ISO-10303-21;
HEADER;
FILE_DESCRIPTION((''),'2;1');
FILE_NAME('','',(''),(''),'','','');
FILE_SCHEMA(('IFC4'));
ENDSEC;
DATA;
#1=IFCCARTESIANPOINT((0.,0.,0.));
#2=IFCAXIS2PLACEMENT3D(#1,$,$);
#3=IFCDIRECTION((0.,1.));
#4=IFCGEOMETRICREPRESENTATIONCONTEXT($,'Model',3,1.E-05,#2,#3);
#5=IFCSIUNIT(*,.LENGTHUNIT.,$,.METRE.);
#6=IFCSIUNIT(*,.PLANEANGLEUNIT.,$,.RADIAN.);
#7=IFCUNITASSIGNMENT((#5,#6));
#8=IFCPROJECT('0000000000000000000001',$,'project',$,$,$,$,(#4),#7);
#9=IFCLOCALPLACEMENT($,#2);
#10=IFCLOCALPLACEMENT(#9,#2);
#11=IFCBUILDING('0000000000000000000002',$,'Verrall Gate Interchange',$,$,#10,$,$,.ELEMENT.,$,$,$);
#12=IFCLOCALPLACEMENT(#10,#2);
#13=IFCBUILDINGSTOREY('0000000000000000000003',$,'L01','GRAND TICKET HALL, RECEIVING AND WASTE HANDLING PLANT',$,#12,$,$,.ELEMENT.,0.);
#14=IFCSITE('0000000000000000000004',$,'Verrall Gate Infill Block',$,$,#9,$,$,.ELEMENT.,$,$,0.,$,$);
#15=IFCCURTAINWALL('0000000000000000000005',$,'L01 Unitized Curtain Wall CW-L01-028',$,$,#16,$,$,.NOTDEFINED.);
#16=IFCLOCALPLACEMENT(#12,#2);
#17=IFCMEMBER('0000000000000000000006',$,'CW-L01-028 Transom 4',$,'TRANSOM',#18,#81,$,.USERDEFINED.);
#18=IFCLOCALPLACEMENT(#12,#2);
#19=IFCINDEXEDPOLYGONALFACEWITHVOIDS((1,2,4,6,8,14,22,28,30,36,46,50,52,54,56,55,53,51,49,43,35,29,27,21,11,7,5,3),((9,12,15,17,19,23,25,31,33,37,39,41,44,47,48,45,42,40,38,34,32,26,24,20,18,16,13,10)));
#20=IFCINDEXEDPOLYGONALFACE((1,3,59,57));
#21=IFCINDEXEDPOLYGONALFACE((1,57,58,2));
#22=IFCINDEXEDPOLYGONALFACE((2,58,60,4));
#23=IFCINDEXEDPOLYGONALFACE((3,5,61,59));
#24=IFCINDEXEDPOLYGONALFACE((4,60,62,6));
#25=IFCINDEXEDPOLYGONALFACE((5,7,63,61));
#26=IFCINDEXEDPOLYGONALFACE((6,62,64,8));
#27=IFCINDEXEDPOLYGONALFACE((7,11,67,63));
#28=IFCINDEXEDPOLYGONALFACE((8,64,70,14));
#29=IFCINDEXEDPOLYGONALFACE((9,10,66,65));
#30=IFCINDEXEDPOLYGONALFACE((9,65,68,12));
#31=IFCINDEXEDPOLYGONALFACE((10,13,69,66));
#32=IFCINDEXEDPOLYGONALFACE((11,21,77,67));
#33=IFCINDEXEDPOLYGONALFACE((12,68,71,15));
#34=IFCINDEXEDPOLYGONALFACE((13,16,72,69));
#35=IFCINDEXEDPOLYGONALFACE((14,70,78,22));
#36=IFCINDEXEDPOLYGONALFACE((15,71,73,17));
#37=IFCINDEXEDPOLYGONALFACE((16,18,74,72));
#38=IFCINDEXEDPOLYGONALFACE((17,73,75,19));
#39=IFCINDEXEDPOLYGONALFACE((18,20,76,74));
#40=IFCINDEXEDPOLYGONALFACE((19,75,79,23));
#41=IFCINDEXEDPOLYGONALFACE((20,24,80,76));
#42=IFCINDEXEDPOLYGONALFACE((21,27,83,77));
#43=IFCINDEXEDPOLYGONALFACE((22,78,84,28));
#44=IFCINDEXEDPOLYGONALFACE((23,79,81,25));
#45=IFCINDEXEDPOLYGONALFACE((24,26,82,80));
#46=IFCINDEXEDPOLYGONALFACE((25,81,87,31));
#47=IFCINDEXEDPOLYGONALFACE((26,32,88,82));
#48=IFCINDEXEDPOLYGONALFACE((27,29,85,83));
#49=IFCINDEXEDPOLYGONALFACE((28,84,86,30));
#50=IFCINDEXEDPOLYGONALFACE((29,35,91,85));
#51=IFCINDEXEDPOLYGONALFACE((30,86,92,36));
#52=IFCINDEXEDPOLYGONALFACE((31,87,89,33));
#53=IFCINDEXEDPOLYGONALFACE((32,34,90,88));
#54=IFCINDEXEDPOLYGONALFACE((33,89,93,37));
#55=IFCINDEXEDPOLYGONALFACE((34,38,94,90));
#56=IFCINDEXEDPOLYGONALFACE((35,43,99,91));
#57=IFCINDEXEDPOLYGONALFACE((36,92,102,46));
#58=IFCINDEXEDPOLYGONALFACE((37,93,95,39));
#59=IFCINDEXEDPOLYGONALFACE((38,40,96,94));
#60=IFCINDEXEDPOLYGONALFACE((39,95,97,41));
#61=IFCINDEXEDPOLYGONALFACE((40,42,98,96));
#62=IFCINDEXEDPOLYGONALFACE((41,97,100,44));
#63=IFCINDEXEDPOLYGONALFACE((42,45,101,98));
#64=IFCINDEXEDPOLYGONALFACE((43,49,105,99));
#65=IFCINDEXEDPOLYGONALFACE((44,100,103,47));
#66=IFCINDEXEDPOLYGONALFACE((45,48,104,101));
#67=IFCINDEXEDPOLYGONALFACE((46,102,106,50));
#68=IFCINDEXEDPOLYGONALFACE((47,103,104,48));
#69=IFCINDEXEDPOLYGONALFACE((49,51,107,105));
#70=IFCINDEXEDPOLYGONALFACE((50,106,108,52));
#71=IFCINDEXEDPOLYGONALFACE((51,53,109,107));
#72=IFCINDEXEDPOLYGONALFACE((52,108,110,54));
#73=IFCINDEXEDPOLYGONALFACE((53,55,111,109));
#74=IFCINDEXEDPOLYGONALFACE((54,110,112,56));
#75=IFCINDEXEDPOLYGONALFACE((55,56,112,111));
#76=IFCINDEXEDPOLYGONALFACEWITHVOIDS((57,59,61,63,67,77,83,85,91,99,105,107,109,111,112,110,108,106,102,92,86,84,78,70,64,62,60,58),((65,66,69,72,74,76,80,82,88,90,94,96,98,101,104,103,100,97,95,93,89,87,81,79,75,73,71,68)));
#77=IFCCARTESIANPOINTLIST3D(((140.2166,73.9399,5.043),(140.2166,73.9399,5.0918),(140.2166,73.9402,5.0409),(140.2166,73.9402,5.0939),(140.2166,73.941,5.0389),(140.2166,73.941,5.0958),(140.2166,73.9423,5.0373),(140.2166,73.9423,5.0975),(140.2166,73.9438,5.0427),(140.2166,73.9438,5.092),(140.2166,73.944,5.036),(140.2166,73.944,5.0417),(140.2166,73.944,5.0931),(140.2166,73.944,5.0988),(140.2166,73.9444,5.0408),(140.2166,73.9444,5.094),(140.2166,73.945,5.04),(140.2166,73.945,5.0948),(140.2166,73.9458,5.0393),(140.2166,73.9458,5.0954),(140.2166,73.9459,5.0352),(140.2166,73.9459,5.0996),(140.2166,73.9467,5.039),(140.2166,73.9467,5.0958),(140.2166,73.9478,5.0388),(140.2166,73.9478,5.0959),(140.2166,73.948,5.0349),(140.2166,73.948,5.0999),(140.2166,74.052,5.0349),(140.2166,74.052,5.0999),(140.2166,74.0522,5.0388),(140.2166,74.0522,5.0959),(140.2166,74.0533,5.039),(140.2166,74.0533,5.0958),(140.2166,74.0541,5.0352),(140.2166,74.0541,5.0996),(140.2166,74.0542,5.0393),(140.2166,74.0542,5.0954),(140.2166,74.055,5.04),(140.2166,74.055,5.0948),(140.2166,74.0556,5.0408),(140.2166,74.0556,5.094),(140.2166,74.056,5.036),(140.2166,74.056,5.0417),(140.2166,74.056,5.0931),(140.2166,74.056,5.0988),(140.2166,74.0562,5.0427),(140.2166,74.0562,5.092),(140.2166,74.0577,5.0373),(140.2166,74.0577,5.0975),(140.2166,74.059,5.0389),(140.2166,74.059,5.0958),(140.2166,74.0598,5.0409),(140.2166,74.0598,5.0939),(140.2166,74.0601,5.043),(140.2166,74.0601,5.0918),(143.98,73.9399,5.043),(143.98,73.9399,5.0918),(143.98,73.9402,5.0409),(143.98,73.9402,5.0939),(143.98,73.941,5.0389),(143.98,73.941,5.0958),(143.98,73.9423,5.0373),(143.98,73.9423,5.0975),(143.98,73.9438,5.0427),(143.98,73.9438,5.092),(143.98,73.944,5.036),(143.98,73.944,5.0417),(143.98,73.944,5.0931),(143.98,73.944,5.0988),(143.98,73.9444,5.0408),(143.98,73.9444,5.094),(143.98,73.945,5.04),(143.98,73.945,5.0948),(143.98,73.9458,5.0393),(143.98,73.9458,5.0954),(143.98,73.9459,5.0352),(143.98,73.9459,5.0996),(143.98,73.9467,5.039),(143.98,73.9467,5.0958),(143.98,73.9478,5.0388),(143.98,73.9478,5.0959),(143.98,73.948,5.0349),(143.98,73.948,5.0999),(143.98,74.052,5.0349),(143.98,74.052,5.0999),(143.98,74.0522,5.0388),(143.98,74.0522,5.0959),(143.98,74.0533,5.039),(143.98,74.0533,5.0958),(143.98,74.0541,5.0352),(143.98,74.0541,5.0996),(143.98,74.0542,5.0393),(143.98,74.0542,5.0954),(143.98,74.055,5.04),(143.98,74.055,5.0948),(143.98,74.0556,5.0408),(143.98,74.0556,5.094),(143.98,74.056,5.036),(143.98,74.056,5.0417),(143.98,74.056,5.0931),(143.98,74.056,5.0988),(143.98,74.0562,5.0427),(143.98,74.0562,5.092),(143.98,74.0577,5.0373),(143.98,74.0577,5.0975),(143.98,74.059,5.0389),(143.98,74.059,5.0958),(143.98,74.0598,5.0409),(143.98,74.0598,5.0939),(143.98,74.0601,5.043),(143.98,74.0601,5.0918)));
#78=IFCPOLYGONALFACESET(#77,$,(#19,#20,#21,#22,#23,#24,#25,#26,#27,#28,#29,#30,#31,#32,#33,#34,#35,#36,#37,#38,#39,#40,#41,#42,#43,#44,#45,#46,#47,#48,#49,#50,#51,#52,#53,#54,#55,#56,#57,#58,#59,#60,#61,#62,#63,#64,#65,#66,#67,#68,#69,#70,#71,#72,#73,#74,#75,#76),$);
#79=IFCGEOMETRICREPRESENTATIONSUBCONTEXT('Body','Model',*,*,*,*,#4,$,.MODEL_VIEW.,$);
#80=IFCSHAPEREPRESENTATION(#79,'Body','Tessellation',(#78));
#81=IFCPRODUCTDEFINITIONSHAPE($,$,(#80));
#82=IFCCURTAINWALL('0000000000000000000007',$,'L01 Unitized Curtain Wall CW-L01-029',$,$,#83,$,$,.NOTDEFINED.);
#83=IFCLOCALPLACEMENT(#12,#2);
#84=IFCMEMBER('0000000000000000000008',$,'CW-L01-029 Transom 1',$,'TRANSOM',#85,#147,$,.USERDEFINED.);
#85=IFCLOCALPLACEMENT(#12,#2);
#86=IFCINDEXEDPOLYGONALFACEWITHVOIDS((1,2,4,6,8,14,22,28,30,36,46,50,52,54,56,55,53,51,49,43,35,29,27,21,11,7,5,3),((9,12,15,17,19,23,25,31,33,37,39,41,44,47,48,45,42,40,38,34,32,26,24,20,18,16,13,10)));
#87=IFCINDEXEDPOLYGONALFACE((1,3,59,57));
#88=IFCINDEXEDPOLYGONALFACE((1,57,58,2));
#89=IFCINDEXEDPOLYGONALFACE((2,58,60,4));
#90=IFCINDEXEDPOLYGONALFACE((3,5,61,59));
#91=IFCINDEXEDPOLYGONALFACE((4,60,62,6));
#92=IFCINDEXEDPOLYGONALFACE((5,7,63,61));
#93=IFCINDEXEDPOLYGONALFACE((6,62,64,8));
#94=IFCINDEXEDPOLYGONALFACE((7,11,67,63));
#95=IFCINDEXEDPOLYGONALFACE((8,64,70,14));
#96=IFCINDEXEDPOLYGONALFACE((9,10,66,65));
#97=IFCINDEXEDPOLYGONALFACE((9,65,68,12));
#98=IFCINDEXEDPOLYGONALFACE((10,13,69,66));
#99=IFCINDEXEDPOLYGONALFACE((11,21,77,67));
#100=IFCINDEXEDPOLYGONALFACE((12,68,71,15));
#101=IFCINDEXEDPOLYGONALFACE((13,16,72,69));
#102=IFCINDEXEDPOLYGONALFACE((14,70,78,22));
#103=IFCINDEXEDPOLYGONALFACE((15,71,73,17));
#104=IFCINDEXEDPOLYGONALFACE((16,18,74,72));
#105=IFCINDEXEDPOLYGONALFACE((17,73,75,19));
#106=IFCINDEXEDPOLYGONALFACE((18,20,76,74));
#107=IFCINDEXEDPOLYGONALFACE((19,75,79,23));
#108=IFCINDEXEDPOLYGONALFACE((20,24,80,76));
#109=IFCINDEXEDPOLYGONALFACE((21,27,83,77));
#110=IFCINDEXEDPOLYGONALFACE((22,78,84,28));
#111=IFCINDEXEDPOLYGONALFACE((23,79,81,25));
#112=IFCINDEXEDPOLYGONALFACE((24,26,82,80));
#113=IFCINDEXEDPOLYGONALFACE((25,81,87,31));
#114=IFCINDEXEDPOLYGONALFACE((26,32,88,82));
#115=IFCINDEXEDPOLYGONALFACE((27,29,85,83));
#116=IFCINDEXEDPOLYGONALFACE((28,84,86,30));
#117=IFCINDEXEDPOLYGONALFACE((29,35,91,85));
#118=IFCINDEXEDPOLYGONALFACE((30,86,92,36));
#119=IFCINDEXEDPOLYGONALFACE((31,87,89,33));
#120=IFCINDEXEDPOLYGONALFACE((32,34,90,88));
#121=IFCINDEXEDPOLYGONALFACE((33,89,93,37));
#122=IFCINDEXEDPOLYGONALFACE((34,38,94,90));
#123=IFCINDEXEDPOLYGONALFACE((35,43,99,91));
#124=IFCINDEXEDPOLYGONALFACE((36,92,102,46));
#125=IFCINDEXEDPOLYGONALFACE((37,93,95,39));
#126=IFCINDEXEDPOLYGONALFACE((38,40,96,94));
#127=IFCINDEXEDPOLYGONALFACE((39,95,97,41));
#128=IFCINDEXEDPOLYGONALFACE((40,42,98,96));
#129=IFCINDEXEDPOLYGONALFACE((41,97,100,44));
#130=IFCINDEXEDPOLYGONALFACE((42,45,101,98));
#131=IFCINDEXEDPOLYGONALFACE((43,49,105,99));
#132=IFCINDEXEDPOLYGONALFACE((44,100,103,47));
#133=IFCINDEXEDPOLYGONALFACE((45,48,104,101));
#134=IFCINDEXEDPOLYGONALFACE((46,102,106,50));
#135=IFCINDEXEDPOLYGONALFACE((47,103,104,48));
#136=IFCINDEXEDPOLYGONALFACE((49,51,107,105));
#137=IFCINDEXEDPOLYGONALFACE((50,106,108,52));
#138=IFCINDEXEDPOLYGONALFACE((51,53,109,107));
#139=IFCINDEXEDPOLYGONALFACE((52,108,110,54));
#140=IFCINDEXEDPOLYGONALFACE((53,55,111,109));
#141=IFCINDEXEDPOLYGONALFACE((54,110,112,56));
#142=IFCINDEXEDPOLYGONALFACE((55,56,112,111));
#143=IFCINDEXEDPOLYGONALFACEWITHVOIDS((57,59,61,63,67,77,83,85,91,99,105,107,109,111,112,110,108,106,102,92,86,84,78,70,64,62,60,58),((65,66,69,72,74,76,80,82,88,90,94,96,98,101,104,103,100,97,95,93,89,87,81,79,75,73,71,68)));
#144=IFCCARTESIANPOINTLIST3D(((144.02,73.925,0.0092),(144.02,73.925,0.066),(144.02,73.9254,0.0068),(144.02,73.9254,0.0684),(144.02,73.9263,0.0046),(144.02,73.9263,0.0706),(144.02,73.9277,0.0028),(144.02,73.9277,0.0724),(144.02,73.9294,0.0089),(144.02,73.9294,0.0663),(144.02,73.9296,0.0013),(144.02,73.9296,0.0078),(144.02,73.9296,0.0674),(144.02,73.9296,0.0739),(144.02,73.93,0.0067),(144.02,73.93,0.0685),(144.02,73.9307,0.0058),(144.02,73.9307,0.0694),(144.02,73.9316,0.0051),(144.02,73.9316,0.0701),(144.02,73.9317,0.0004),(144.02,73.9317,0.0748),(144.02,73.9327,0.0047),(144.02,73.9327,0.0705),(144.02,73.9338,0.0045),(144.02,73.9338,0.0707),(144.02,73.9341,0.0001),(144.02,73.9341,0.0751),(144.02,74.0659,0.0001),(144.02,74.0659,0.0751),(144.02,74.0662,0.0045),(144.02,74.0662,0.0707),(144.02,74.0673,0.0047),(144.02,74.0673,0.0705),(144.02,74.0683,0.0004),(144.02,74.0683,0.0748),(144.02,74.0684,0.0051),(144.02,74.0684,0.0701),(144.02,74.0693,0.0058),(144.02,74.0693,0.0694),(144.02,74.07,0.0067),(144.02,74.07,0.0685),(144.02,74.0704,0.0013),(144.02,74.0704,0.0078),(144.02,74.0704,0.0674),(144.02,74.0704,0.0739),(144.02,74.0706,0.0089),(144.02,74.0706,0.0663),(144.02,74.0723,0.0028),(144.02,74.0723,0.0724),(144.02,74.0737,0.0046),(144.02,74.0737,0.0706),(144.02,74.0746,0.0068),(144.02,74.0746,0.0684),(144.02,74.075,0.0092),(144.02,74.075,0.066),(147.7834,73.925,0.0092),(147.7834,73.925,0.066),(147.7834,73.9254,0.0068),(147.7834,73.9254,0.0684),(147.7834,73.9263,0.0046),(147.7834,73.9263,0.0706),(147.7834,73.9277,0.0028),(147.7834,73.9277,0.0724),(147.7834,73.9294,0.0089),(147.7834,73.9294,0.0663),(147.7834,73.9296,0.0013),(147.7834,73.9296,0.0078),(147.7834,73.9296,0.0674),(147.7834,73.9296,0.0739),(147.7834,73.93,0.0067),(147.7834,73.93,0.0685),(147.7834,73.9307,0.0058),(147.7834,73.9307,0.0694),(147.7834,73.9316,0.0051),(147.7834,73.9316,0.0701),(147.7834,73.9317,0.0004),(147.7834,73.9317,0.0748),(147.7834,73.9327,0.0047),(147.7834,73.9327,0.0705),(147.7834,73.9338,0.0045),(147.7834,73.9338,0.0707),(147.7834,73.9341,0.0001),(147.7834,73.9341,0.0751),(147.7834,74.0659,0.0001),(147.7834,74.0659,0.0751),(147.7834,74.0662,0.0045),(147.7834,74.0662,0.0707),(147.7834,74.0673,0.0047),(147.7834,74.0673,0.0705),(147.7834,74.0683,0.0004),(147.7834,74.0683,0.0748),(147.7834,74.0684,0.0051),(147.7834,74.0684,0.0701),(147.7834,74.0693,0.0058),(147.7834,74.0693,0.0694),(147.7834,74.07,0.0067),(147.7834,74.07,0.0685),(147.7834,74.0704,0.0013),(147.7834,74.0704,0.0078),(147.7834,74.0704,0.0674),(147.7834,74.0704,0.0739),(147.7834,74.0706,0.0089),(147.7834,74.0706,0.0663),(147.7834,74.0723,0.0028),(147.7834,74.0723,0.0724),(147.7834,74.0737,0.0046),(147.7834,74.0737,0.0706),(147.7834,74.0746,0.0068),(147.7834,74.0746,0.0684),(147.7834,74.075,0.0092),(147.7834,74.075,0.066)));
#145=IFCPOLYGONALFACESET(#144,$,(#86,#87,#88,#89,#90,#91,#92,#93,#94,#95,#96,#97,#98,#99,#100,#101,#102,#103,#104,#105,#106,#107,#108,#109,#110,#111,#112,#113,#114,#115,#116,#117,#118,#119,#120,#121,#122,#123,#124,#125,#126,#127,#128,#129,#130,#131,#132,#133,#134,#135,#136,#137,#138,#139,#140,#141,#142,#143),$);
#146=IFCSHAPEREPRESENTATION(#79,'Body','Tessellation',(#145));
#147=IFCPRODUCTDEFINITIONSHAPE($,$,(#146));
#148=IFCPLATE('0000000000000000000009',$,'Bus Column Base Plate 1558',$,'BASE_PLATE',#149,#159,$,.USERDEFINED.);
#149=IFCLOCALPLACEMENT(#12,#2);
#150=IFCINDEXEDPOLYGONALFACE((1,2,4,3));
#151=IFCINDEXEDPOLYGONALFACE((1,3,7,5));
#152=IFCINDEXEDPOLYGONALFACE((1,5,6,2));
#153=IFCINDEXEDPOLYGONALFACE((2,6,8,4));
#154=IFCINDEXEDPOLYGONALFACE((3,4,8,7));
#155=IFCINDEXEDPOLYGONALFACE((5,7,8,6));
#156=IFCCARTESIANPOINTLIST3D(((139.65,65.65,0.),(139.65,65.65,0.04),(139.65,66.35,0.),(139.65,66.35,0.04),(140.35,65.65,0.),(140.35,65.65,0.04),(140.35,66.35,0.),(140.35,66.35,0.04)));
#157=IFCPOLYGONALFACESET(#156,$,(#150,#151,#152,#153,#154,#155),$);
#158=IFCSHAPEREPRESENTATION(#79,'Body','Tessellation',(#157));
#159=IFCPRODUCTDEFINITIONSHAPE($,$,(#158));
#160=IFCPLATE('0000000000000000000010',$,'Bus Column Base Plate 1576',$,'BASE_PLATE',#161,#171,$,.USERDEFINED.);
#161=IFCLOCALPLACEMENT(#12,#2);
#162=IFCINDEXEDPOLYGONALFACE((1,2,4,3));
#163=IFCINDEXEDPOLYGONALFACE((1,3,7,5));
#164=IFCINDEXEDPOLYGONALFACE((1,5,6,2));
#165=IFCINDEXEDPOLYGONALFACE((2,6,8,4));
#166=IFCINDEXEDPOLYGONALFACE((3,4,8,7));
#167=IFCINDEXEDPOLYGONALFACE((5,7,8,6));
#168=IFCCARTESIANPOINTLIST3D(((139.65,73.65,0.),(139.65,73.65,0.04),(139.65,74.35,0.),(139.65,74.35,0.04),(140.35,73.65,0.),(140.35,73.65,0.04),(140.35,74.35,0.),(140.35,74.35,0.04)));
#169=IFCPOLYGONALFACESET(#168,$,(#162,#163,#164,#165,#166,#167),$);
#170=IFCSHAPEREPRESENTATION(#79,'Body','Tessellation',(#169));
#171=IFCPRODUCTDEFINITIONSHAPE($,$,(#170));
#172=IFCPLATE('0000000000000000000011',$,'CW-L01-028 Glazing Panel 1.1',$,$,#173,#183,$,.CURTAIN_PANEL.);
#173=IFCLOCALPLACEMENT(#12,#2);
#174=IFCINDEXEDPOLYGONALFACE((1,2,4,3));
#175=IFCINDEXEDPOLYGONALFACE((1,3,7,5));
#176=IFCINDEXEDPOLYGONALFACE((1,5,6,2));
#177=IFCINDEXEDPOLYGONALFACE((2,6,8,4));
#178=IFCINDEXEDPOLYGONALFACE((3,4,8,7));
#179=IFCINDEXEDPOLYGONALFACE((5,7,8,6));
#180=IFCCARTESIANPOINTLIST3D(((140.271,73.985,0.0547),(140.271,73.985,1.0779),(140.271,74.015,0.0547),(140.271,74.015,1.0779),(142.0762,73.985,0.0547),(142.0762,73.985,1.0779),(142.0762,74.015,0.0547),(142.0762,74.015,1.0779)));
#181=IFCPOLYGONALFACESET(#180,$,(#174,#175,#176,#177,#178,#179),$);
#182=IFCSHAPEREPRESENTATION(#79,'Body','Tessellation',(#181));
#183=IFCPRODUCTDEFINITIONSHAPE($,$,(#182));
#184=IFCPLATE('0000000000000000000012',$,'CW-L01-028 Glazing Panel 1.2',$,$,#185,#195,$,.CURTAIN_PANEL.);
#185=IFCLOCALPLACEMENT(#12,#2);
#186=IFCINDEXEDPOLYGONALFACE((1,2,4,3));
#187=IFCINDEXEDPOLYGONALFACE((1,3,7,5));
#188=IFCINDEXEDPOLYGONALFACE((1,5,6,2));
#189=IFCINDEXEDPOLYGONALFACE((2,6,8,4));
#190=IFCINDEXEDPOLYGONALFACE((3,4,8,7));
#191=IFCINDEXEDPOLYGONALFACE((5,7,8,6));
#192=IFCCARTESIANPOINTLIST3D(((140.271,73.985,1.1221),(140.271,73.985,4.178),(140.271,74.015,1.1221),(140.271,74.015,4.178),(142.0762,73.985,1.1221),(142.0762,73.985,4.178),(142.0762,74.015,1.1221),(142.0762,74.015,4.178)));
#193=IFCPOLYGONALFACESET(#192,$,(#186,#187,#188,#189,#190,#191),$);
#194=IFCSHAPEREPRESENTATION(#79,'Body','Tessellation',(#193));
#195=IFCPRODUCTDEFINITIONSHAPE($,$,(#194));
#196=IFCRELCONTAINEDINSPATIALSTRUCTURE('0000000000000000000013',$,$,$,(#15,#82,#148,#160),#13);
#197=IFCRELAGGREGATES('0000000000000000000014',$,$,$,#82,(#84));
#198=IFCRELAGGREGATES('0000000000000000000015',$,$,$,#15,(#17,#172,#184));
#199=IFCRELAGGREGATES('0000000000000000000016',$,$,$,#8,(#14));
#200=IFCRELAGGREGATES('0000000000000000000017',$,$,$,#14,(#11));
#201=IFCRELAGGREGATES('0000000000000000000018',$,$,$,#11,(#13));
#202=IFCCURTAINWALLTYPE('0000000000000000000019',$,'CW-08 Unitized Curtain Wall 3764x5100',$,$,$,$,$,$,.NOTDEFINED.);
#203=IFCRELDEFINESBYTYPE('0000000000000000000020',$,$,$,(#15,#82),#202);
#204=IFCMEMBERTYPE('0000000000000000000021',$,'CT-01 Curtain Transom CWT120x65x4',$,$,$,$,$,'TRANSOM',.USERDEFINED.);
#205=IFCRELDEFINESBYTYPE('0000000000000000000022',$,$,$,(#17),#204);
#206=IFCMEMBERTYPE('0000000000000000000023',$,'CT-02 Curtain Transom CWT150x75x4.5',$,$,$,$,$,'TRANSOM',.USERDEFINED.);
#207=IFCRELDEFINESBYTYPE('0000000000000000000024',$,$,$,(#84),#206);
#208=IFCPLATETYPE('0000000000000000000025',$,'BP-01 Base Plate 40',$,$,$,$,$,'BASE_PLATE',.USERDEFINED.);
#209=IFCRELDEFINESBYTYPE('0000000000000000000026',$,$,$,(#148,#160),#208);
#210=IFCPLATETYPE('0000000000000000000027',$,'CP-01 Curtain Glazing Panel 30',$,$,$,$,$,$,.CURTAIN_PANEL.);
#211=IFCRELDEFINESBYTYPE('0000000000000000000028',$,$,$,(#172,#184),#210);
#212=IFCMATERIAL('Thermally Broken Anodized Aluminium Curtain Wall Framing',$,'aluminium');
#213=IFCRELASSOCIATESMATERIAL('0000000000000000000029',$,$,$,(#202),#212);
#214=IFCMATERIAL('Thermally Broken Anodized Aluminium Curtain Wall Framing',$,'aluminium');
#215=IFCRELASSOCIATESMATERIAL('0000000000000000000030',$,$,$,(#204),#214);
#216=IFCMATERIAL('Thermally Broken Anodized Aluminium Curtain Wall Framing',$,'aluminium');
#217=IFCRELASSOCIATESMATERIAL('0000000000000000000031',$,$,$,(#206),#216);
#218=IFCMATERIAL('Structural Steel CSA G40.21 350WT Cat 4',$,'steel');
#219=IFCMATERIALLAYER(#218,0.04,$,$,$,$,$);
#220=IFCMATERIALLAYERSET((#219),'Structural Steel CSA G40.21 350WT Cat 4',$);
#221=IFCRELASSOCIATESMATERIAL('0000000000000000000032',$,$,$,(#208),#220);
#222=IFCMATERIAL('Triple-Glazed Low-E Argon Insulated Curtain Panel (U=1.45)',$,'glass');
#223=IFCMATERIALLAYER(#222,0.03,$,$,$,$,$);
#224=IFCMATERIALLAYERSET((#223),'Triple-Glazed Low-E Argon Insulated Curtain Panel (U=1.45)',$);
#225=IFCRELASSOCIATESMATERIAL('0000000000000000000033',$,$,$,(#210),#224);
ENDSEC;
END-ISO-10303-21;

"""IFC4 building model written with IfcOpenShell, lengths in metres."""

from ifc_helpers import new_model, si_unit, direction, frame, origin, origin_2d, place, context, subcontext, project, spatial, rectangle, hollow_rectangle, extrude, material, layer, layer_set, material_profile, profile_set, type_object, element, aggregate, save


model = new_model("IFC4")

# Units and contexts
model_context = context("Model", 3, precision=1e-05, world=origin(), true_north=direction((0.0, 1.0)))
body_context = subcontext(model_context, "Body", "Model", "MODEL_VIEW")
ifc_project = project(units=[si_unit("LENGTHUNIT", "METRE"), si_unit("PLANEANGLEUNIT", "RADIAN")], contexts=[model_context])

# Site, building, storey
site_placement = place(None, origin())
site = spatial("IfcSite", under=ifc_project, at=site_placement, Name="Verrall Gate Infill Block", CompositionType="ELEMENT", RefElevation=0.0)
building_placement = place(site_placement, origin())
building = spatial("IfcBuilding", under=site, at=building_placement, Name="Verrall Gate Interchange", CompositionType="ELEMENT")
storey_placement = place(building_placement, origin())
storey = spatial("IfcBuildingStorey", under=building, at=storey_placement, Name="L01", Description="GRAND TICKET HALL, RECEIVING AND WASTE HANDLING PLANT", CompositionType="ELEMENT", Elevation=0.0)

# Curtain wall
ifc_material_1 = material(Name="Thermally Broken Anodized Aluminium Curtain Wall Framing", Category="aluminium")
curtain_wall_type_1 = type_object("IfcCurtainWallType", Name="CW-08 Unitized Curtain Wall 3764x5100", PredefinedType="NOTDEFINED", material=ifc_material_1)
curtain_wall_1_placement = place(storey_placement, origin())
curtain_wall_1 = element("IfcCurtainWall", 1, at=curtain_wall_1_placement, inside=storey, type_object=curtain_wall_type_1, Name="L01 Unitized Curtain Wall CW-L01-028", PredefinedType="NOTDEFINED")

# Member
ifc_material_2 = material(Name="Thermally Broken Anodized Aluminium Curtain Wall Framing", Category="aluminium")
ifc_material_profile_1 = material_profile(ifc_material_2, hollow_rectangle(XDim=0.1201, YDim=0.0649, WallThickness=0.0039, InnerFilletRadius=0.0039, OuterFilletRadius=0.0081, at=origin_2d()), Name="CWT120x65x4")
ifc_profile_set_1 = profile_set([ifc_material_profile_1], Name="Thermally Broken Anodized Aluminium Curtain Wall Framing")
member_type_1 = type_object("IfcMemberType", Name="CT-01 Curtain Transom CWT120x65x4", ElementType="TRANSOM", PredefinedType="USERDEFINED", material=ifc_profile_set_1)
member_1_placement = place(storey_placement, frame((140.2166, 74.0, 5.0674), z_axis=(1.0, 0.0, 0.0), x_axis=(0.0, 1.0, 0.0)))
member_1 = element("IfcMember", 2, at=member_1_placement, type_object=member_type_1, Name="CW-L01-028 Transom 4", ObjectType="TRANSOM", PredefinedType="USERDEFINED", context=body_context, shape_type="SweptSolid", body=[
    extrude(hollow_rectangle(XDim=0.1201, YDim=0.0649, WallThickness=0.0039, InnerFilletRadius=0.0039, OuterFilletRadius=0.0081, at=origin_2d()), origin(), (0.0, 0.0, 1.0), 3.7634),
])

# Curtain wall, member
curtain_wall_2_placement = place(storey_placement, origin())
curtain_wall_2 = element("IfcCurtainWall", 3, at=curtain_wall_2_placement, inside=storey, type_object=curtain_wall_type_1, Name="L01 Unitized Curtain Wall CW-L01-029", PredefinedType="NOTDEFINED")
ifc_material_3 = material(Name="Thermally Broken Anodized Aluminium Curtain Wall Framing", Category="aluminium")
ifc_material_profile_2 = material_profile(ifc_material_3, hollow_rectangle(XDim=0.1499, YDim=0.075, WallThickness=0.0044, InnerFilletRadius=0.0044, OuterFilletRadius=0.009, at=origin_2d()), Name="CWT150x75x4.5")
ifc_profile_set_2 = profile_set([ifc_material_profile_2], Name="Thermally Broken Anodized Aluminium Curtain Wall Framing")
member_type_2 = type_object("IfcMemberType", Name="CT-02 Curtain Transom CWT150x75x4.5", ElementType="TRANSOM", PredefinedType="USERDEFINED", material=ifc_profile_set_2)
member_2_placement = place(storey_placement, frame((144.02, 74.0, 0.0376), z_axis=(1.0, 0.0, 0.0), x_axis=(0.0, 1.0, 0.0)))
member_2 = element("IfcMember", 4, at=member_2_placement, type_object=member_type_2, Name="CW-L01-029 Transom 1", ObjectType="TRANSOM", PredefinedType="USERDEFINED", context=body_context, shape_type="SweptSolid", body=[
    extrude(hollow_rectangle(XDim=0.1499, YDim=0.075, WallThickness=0.0044, InnerFilletRadius=0.0044, OuterFilletRadius=0.009, at=origin_2d()), origin(), (0.0, 0.0, 1.0), 3.7634),
])
aggregate(curtain_wall_2, [member_2])

# Plates
ifc_material_4 = material(Name="Structural Steel CSA G40.21 350WT Cat 4", Category="steel")
ifc_layer_1 = layer(ifc_material_4, 0.04)
ifc_layer_set_1 = layer_set([ifc_layer_1], Name="Structural Steel CSA G40.21 350WT Cat 4")
plate_type_1 = type_object("IfcPlateType", Name="BP-01 Base Plate 40", ElementType="BASE_PLATE", PredefinedType="USERDEFINED", material=ifc_layer_set_1)
for number, where, z_axis, x_axis, name in (
    (5, (140.0, 66.0, 0.0), (0.0, 0.0, 1.0), (1.0, 0.0, 0.0), "Bus Column Base Plate 1558"),
    (6, (140.0, 74.0, 0.0), (0.0, 0.0, 1.0), (1.0, 0.0, 0.0), "Bus Column Base Plate 1576"),
):
    element("IfcPlate", number, at=place(storey_placement, frame(where, z_axis=z_axis, x_axis=x_axis)), inside=storey, type_object=plate_type_1, Name=name, ObjectType="BASE_PLATE", PredefinedType="USERDEFINED", context=body_context, shape_type="SweptSolid", body=[
        extrude(rectangle(XDim=0.7, YDim=0.7, at=origin_2d()), origin(), (0.0, 0.0, 1.0), 0.04),
    ])

# Plates
ifc_material_5 = material(Name="Triple-Glazed Low-E Argon Insulated Curtain Panel (U=1.45)", Category="glass")
ifc_layer_2 = layer(ifc_material_5, 0.03)
ifc_layer_set_2 = layer_set([ifc_layer_2], Name="Triple-Glazed Low-E Argon Insulated Curtain Panel (U=1.45)")
plate_type_2 = type_object("IfcPlateType", Name="CP-01 Curtain Glazing Panel 30", PredefinedType="CURTAIN_PANEL", material=ifc_layer_set_2)
plate_1_placement = place(storey_placement, frame((141.1736, 74.0, 0.0547), z_axis=(0.0, 0.0, 1.0), x_axis=(1.0, 0.0, 0.0)))
plate_1 = element("IfcPlate", 7, at=plate_1_placement, type_object=plate_type_2, Name="CW-L01-028 Glazing Panel 1.1", PredefinedType="CURTAIN_PANEL", context=body_context, shape_type="SweptSolid", body=[
    extrude(rectangle(XDim=1.8052, YDim=0.03, at=origin_2d()), origin(), (0.0, 0.0, 1.0), 1.0232),
])
plate_2_placement = place(storey_placement, frame((141.1736, 74.0, 1.1221), z_axis=(0.0, 0.0, 1.0), x_axis=(1.0, 0.0, 0.0)))
plate_2 = element("IfcPlate", 8, at=plate_2_placement, type_object=plate_type_2, Name="CW-L01-028 Glazing Panel 1.2", PredefinedType="CURTAIN_PANEL", context=body_context, shape_type="SweptSolid", body=[
    extrude(rectangle(XDim=1.8052, YDim=0.03, at=origin_2d()), origin(), (0.0, 0.0, 1.0), 3.0559),
])
aggregate(curtain_wall_1, [member_1, plate_1, plate_2])

save(model, "model.ifc")
